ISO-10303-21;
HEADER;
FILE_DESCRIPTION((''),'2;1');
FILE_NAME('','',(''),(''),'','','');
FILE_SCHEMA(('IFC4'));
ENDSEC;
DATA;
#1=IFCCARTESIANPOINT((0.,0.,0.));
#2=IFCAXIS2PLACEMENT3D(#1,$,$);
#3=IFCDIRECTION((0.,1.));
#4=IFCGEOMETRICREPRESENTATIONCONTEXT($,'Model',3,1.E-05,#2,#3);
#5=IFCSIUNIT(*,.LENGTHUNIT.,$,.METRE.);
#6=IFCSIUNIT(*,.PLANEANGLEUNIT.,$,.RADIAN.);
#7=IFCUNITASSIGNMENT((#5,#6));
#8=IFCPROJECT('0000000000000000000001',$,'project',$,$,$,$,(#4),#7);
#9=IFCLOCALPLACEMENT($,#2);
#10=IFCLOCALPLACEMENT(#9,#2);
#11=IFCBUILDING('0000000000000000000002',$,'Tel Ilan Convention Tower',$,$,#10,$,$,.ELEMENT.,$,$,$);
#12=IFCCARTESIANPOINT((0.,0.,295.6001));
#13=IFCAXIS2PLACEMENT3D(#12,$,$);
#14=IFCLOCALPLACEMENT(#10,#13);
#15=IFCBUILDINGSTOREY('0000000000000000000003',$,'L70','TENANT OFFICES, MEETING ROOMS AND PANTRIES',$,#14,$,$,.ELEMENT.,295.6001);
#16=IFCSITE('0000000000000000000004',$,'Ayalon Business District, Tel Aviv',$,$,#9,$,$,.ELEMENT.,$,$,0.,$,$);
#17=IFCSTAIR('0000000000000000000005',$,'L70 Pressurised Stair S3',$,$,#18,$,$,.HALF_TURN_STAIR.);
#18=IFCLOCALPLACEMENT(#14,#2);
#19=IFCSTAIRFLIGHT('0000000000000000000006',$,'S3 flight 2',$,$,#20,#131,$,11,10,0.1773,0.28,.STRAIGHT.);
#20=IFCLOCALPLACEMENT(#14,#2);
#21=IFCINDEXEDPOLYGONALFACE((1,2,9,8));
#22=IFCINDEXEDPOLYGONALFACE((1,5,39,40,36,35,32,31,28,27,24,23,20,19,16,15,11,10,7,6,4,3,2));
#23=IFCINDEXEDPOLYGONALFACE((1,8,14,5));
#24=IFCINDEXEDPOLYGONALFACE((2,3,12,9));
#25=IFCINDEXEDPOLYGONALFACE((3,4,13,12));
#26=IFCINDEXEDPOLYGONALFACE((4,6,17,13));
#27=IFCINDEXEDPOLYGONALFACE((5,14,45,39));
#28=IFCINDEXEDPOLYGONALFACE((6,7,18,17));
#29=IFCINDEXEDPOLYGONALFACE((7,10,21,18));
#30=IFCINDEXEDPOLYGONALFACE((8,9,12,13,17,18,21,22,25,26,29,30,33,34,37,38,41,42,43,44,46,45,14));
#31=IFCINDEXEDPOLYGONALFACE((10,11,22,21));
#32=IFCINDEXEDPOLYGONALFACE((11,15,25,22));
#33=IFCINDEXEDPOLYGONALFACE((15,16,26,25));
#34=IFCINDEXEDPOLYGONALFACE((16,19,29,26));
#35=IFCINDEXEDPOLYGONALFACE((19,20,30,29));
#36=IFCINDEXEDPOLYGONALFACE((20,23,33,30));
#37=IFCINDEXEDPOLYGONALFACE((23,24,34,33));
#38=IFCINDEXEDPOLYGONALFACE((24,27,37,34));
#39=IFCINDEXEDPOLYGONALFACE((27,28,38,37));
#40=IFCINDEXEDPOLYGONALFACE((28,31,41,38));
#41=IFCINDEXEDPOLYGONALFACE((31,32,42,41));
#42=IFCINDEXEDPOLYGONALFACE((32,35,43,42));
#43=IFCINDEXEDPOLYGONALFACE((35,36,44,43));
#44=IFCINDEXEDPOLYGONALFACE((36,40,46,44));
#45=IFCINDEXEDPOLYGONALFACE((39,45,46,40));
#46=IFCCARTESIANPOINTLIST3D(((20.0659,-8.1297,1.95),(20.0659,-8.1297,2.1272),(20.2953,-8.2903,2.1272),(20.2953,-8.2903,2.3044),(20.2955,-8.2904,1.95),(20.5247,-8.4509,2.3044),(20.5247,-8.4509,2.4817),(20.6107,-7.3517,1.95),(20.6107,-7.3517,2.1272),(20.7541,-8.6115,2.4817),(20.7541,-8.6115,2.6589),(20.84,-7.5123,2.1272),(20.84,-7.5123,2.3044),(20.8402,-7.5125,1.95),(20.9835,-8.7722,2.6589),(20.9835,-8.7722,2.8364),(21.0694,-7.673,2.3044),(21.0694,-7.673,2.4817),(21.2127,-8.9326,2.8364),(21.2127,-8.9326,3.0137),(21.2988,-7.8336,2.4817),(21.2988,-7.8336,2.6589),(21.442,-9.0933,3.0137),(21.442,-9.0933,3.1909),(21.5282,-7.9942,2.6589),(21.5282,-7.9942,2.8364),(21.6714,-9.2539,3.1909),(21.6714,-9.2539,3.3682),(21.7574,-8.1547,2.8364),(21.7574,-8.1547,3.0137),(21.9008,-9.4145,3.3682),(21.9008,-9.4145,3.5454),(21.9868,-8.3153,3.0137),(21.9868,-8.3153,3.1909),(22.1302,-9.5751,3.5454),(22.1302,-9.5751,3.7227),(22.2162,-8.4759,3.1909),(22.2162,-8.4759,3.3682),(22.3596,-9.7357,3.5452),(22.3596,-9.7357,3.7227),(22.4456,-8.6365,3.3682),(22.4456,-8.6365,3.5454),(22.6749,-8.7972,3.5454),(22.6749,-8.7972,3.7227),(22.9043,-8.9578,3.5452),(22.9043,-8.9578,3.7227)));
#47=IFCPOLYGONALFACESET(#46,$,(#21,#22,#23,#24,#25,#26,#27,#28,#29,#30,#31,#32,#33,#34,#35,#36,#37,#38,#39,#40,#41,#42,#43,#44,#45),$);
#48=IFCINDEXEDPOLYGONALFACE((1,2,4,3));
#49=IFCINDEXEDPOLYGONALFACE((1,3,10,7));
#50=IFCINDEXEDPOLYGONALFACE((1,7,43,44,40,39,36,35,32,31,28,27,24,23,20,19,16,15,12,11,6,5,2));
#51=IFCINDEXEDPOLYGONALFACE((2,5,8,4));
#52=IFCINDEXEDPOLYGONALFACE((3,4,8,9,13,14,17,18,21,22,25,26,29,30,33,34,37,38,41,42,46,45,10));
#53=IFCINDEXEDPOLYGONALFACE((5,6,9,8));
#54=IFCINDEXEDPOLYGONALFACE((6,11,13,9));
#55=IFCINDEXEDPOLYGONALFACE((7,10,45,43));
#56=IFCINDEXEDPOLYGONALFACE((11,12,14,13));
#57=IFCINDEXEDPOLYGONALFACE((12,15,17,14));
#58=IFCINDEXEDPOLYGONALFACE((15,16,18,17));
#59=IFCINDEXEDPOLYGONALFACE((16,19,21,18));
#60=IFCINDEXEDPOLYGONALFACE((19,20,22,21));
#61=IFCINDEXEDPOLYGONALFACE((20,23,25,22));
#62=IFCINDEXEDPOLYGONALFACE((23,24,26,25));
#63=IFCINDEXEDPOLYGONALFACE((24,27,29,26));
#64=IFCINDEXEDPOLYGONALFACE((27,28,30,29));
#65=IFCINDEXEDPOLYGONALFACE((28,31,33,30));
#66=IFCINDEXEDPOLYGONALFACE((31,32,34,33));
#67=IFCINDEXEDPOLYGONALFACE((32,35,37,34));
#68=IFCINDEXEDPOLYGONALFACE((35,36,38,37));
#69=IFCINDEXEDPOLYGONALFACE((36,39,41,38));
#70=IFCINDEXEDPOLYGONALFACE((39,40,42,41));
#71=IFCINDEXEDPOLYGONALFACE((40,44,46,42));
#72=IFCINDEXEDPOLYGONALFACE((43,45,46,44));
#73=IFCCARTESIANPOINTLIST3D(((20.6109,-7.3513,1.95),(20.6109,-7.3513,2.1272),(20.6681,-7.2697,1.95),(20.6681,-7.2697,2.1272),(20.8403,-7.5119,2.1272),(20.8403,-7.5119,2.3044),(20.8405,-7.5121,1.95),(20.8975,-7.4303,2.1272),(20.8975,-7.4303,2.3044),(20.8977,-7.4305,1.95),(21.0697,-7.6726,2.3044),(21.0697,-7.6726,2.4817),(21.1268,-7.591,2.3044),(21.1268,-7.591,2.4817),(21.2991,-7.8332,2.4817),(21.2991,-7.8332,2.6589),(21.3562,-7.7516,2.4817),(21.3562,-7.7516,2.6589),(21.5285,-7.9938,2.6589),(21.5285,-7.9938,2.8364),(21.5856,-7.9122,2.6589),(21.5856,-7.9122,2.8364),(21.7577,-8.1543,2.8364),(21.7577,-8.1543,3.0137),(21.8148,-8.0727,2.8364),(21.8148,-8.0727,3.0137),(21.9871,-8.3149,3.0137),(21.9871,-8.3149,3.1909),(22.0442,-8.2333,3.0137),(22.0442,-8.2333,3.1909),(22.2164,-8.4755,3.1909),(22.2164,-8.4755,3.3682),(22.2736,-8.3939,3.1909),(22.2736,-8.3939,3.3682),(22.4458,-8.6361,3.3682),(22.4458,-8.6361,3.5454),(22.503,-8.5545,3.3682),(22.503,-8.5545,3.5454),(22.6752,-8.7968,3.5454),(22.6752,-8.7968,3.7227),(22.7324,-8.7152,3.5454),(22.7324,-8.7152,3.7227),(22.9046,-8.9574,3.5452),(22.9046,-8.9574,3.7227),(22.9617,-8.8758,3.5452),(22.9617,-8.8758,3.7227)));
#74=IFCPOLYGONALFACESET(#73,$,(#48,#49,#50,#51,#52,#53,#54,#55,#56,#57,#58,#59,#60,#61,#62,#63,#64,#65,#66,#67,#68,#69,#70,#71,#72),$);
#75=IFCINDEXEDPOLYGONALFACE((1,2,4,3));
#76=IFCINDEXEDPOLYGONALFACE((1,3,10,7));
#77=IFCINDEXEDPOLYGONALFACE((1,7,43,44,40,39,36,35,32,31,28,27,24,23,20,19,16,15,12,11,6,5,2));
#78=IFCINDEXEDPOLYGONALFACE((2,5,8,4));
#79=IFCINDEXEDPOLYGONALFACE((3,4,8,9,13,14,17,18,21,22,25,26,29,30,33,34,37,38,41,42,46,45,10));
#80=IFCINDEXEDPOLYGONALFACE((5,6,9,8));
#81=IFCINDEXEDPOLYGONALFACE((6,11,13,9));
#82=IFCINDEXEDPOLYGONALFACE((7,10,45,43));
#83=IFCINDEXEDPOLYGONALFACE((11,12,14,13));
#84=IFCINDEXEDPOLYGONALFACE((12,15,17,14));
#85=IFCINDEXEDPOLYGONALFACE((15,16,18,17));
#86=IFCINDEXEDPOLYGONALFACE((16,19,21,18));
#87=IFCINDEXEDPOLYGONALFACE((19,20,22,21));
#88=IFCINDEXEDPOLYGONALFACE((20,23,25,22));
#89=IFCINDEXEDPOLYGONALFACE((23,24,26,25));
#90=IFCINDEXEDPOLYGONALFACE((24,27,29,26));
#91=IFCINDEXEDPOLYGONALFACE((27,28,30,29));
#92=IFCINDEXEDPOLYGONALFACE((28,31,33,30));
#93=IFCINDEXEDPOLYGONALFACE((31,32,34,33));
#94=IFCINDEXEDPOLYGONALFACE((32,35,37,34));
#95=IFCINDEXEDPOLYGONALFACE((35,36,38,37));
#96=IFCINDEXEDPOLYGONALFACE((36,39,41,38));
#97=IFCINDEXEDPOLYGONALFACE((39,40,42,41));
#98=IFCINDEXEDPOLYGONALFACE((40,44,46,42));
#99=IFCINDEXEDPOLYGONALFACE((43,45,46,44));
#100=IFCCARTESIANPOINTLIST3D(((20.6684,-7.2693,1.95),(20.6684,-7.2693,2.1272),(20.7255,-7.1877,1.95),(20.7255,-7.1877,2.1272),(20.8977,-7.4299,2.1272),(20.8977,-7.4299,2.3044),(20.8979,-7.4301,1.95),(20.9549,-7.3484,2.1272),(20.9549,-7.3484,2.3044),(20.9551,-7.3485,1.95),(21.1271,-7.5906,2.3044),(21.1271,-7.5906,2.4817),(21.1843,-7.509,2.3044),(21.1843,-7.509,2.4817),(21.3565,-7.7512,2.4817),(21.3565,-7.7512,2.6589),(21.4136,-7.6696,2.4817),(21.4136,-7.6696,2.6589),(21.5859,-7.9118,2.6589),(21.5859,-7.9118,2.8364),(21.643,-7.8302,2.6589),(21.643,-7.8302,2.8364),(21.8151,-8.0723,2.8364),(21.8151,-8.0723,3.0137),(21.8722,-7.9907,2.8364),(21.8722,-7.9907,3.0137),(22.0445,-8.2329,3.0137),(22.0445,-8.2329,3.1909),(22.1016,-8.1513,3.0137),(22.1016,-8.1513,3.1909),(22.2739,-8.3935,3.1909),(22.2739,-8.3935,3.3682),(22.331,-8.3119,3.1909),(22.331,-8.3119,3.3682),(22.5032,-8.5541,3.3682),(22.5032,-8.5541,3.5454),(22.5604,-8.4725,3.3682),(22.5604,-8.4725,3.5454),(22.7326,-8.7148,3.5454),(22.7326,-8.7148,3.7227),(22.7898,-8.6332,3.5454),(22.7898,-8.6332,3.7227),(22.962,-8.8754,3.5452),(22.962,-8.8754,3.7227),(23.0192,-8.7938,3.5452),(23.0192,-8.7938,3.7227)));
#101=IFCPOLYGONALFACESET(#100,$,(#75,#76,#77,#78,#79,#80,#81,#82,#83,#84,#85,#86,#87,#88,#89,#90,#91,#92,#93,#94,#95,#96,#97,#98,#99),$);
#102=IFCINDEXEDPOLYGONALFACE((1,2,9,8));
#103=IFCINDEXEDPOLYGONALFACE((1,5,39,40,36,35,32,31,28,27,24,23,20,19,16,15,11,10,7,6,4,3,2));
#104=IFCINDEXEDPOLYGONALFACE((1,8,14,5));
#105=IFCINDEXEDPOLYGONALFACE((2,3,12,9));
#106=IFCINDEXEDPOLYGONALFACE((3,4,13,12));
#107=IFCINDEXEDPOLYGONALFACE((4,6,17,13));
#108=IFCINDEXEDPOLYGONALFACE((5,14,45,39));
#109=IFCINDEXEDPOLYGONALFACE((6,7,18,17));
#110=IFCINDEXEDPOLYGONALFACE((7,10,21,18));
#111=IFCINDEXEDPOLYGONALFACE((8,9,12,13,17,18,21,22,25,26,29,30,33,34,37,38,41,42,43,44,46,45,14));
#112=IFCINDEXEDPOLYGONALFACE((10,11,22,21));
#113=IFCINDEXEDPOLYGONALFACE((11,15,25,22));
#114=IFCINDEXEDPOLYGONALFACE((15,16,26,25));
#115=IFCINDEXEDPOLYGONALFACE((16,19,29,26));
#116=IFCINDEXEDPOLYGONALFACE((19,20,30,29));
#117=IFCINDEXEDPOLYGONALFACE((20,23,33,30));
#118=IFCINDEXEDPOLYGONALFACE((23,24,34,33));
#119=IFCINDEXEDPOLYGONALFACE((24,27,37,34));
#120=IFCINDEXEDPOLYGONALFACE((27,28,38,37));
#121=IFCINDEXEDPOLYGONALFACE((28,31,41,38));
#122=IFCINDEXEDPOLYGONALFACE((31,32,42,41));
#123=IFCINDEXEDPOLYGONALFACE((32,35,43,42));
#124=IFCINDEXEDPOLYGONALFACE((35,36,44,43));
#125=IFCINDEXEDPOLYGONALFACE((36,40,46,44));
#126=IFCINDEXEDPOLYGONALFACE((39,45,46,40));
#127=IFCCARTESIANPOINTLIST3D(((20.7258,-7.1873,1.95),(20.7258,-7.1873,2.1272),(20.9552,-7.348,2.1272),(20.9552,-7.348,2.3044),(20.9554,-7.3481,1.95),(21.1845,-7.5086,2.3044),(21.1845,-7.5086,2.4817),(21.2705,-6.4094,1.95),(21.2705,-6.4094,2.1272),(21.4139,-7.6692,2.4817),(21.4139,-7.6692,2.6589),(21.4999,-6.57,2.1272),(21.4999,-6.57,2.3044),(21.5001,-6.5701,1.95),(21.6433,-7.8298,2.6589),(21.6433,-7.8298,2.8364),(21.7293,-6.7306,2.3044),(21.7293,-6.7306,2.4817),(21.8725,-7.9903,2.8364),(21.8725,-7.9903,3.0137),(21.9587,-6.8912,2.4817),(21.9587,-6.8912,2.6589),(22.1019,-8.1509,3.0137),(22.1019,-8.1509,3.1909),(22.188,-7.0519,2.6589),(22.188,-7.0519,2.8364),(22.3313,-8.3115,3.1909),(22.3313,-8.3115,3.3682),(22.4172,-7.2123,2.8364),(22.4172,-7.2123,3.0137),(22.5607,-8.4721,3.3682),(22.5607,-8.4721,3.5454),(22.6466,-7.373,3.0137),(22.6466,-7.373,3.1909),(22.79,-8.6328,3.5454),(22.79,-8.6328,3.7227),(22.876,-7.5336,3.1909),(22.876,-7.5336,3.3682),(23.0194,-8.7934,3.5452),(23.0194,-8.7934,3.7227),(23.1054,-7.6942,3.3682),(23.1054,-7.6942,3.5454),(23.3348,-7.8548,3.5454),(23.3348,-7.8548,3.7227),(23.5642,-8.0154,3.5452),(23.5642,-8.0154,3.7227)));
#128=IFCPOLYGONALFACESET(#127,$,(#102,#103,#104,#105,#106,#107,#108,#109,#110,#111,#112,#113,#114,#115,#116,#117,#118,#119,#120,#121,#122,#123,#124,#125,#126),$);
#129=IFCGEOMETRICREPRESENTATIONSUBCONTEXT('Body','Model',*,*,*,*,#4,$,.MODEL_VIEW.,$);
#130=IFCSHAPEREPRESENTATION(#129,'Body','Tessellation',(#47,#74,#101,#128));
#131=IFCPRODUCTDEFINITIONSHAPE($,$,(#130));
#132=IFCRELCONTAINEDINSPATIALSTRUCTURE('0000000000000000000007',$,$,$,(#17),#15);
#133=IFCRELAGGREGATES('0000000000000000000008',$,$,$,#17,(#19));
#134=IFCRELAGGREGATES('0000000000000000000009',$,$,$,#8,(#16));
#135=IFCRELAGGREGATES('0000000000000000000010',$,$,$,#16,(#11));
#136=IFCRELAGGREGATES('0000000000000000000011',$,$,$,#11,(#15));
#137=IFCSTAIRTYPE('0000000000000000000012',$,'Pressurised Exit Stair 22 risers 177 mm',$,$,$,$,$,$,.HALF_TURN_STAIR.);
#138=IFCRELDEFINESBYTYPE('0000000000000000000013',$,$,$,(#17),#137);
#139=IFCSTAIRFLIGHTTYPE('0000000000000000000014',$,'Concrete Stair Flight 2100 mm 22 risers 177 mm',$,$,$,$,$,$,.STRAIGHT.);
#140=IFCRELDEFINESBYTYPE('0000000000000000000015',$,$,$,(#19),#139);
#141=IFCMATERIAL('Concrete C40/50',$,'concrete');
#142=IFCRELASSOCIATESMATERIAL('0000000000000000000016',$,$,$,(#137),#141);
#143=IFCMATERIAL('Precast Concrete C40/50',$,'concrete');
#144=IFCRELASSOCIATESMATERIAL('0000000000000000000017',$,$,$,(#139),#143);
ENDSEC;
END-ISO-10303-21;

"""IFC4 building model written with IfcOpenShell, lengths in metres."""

from ifc_helpers import new_model, si_unit, direction, frame, origin, place, context, subcontext, project, spatial, polyline, outline, extrude, material, type_object, element, aggregate, save


model = new_model("IFC4")

# Units and contexts
model_context = context("Model", 3, precision=1e-05, world=origin(), true_north=direction((0.0, 1.0)))
body_context = subcontext(model_context, "Body", "Model", "MODEL_VIEW")
ifc_project = project(units=[si_unit("LENGTHUNIT", "METRE"), si_unit("PLANEANGLEUNIT", "RADIAN")], contexts=[model_context])

# Site, building, storey
site_placement = place(None, origin())
site = spatial("IfcSite", under=ifc_project, at=site_placement, Name="Ayalon Business District, Tel Aviv", CompositionType="ELEMENT", RefElevation=0.0)
building_placement = place(site_placement, origin())
building = spatial("IfcBuilding", under=site, at=building_placement, Name="Tel Ilan Convention Tower", CompositionType="ELEMENT")
storey_placement = place(building_placement, frame((0.0, 0.0, 295.6001)))
storey = spatial("IfcBuildingStorey", under=building, at=storey_placement, Name="L70", Description="TENANT OFFICES, MEETING ROOMS AND PANTRIES", CompositionType="ELEMENT", Elevation=295.6001)

# Stair, stair flight
ifc_material_1 = material(Name="Concrete C40/50", Category="concrete")
stair_type = type_object("IfcStairType", Name="Pressurised Exit Stair 22 risers 177 mm", PredefinedType="HALF_TURN_STAIR", material=ifc_material_1)
stair_1_placement = place(storey_placement, origin())
stair_1 = element("IfcStair", 1, at=stair_1_placement, inside=storey, type_object=stair_type, Name="L70 Pressurised Stair S3", PredefinedType="HALF_TURN_STAIR")
ifc_material_2 = material(Name="Precast Concrete C40/50", Category="concrete")
stair_flight_type = type_object("IfcStairFlightType", Name="Concrete Stair Flight 2100 mm 22 risers 177 mm", PredefinedType="STRAIGHT", material=ifc_material_2)
stair_flight_1_placement = place(storey_placement, frame((20.6682, -7.2695, 1.95), z_axis=(0.0, 0.0, 1.0), x_axis=(0.819152, -0.573576, 0.0)))
stair_flight_1 = element("IfcStairFlight", 2, at=stair_flight_1_placement, type_object=stair_flight_type, Name="S3 flight 2", NumberOfRisers=11, NumberOfTreads=10, PredefinedType="STRAIGHT", RiserHeight=0.1773, TreadLength=0.28, context=body_context, shape_type="SweptSolid", body=[
    extrude(outline(polyline([(0.0, 0.0), (0.0, 0.1772), (0.28, 0.1772), (0.28, 0.3545), (0.5601, 0.3545), (0.5601, 0.5317), (0.8401, 0.5317), (0.8401, 0.709), (1.1201, 0.709), (1.1201, 0.8865), (1.3999, 0.8865), (1.3999, 1.0637), (1.6799, 1.0637), (1.6799, 1.241), (1.96, 1.241), (1.96, 1.4182), (2.24, 1.4182), (2.24, 1.5955), (2.52, 1.5955), (2.52, 1.7727), (2.8, 1.7727), (2.8, 1.95), (2.8, 1.5952), (0.2803, 0.0), (0.0, 0.0)])), frame((0.0, -0.1003, 0.0), z_axis=(0.0, -1.0, 0.0), x_axis=(1.0, 0.0, 0.0)), (0.0, 0.0, 1.0), 0.9497),
    extrude(outline(polyline([(0.0, 0.0), (0.0, 0.1772), (0.28, 0.1772), (0.28, 0.3545), (0.5601, 0.3545), (0.5601, 0.5317), (0.8401, 0.5317), (0.8401, 0.709), (1.1201, 0.709), (1.1201, 0.8865), (1.3999, 0.8865), (1.3999, 1.0637), (1.6799, 1.0637), (1.6799, 1.241), (1.96, 1.241), (1.96, 1.4182), (2.24, 1.4182), (2.24, 1.5955), (2.52, 1.5955), (2.52, 1.7727), (2.8, 1.7727), (2.8, 1.95), (2.8, 1.5952), (0.2803, 0.0), (0.0, 0.0)])), frame((0.0, -0.0002, 0.0), z_axis=(0.0, -1.0, 0.0), x_axis=(1.0, 0.0, 0.0)), (0.0, 0.0, 1.0), 0.0996),
    extrude(outline(polyline([(0.0, 0.0), (0.0, 0.1772), (0.28, 0.1772), (0.28, 0.3545), (0.5601, 0.3545), (0.5601, 0.5317), (0.8401, 0.5317), (0.8401, 0.709), (1.1201, 0.709), (1.1201, 0.8865), (1.3999, 0.8865), (1.3999, 1.0637), (1.6799, 1.0637), (1.6799, 1.241), (1.96, 1.241), (1.96, 1.4182), (2.24, 1.4182), (2.24, 1.5955), (2.52, 1.5955), (2.52, 1.7727), (2.8, 1.7727), (2.8, 1.95), (2.8, 1.5952), (0.2803, 0.0), (0.0, 0.0)])), frame((0.0, 0.0999, 0.0), z_axis=(0.0, -1.0, 0.0), x_axis=(1.0, 0.0, 0.0)), (0.0, 0.0, 1.0), 0.0996),
    extrude(outline(polyline([(0.0, 0.0), (0.0, 0.1772), (0.28, 0.1772), (0.28, 0.3545), (0.5601, 0.3545), (0.5601, 0.5317), (0.8401, 0.5317), (0.8401, 0.709), (1.1201, 0.709), (1.1201, 0.8865), (1.3999, 0.8865), (1.3999, 1.0637), (1.6799, 1.0637), (1.6799, 1.241), (1.96, 1.241), (1.96, 1.4182), (2.24, 1.4182), (2.24, 1.5955), (2.52, 1.5955), (2.52, 1.7727), (2.8, 1.7727), (2.8, 1.95), (2.8, 1.5952), (0.2803, 0.0), (0.0, 0.0)])), frame((0.0, 1.05, 0.0), z_axis=(0.0, -1.0, 0.0), x_axis=(1.0, 0.0, 0.0)), (0.0, 0.0, 1.0), 0.9497),
])
aggregate(stair_1, [stair_flight_1])

save(model, "model.ifc")
